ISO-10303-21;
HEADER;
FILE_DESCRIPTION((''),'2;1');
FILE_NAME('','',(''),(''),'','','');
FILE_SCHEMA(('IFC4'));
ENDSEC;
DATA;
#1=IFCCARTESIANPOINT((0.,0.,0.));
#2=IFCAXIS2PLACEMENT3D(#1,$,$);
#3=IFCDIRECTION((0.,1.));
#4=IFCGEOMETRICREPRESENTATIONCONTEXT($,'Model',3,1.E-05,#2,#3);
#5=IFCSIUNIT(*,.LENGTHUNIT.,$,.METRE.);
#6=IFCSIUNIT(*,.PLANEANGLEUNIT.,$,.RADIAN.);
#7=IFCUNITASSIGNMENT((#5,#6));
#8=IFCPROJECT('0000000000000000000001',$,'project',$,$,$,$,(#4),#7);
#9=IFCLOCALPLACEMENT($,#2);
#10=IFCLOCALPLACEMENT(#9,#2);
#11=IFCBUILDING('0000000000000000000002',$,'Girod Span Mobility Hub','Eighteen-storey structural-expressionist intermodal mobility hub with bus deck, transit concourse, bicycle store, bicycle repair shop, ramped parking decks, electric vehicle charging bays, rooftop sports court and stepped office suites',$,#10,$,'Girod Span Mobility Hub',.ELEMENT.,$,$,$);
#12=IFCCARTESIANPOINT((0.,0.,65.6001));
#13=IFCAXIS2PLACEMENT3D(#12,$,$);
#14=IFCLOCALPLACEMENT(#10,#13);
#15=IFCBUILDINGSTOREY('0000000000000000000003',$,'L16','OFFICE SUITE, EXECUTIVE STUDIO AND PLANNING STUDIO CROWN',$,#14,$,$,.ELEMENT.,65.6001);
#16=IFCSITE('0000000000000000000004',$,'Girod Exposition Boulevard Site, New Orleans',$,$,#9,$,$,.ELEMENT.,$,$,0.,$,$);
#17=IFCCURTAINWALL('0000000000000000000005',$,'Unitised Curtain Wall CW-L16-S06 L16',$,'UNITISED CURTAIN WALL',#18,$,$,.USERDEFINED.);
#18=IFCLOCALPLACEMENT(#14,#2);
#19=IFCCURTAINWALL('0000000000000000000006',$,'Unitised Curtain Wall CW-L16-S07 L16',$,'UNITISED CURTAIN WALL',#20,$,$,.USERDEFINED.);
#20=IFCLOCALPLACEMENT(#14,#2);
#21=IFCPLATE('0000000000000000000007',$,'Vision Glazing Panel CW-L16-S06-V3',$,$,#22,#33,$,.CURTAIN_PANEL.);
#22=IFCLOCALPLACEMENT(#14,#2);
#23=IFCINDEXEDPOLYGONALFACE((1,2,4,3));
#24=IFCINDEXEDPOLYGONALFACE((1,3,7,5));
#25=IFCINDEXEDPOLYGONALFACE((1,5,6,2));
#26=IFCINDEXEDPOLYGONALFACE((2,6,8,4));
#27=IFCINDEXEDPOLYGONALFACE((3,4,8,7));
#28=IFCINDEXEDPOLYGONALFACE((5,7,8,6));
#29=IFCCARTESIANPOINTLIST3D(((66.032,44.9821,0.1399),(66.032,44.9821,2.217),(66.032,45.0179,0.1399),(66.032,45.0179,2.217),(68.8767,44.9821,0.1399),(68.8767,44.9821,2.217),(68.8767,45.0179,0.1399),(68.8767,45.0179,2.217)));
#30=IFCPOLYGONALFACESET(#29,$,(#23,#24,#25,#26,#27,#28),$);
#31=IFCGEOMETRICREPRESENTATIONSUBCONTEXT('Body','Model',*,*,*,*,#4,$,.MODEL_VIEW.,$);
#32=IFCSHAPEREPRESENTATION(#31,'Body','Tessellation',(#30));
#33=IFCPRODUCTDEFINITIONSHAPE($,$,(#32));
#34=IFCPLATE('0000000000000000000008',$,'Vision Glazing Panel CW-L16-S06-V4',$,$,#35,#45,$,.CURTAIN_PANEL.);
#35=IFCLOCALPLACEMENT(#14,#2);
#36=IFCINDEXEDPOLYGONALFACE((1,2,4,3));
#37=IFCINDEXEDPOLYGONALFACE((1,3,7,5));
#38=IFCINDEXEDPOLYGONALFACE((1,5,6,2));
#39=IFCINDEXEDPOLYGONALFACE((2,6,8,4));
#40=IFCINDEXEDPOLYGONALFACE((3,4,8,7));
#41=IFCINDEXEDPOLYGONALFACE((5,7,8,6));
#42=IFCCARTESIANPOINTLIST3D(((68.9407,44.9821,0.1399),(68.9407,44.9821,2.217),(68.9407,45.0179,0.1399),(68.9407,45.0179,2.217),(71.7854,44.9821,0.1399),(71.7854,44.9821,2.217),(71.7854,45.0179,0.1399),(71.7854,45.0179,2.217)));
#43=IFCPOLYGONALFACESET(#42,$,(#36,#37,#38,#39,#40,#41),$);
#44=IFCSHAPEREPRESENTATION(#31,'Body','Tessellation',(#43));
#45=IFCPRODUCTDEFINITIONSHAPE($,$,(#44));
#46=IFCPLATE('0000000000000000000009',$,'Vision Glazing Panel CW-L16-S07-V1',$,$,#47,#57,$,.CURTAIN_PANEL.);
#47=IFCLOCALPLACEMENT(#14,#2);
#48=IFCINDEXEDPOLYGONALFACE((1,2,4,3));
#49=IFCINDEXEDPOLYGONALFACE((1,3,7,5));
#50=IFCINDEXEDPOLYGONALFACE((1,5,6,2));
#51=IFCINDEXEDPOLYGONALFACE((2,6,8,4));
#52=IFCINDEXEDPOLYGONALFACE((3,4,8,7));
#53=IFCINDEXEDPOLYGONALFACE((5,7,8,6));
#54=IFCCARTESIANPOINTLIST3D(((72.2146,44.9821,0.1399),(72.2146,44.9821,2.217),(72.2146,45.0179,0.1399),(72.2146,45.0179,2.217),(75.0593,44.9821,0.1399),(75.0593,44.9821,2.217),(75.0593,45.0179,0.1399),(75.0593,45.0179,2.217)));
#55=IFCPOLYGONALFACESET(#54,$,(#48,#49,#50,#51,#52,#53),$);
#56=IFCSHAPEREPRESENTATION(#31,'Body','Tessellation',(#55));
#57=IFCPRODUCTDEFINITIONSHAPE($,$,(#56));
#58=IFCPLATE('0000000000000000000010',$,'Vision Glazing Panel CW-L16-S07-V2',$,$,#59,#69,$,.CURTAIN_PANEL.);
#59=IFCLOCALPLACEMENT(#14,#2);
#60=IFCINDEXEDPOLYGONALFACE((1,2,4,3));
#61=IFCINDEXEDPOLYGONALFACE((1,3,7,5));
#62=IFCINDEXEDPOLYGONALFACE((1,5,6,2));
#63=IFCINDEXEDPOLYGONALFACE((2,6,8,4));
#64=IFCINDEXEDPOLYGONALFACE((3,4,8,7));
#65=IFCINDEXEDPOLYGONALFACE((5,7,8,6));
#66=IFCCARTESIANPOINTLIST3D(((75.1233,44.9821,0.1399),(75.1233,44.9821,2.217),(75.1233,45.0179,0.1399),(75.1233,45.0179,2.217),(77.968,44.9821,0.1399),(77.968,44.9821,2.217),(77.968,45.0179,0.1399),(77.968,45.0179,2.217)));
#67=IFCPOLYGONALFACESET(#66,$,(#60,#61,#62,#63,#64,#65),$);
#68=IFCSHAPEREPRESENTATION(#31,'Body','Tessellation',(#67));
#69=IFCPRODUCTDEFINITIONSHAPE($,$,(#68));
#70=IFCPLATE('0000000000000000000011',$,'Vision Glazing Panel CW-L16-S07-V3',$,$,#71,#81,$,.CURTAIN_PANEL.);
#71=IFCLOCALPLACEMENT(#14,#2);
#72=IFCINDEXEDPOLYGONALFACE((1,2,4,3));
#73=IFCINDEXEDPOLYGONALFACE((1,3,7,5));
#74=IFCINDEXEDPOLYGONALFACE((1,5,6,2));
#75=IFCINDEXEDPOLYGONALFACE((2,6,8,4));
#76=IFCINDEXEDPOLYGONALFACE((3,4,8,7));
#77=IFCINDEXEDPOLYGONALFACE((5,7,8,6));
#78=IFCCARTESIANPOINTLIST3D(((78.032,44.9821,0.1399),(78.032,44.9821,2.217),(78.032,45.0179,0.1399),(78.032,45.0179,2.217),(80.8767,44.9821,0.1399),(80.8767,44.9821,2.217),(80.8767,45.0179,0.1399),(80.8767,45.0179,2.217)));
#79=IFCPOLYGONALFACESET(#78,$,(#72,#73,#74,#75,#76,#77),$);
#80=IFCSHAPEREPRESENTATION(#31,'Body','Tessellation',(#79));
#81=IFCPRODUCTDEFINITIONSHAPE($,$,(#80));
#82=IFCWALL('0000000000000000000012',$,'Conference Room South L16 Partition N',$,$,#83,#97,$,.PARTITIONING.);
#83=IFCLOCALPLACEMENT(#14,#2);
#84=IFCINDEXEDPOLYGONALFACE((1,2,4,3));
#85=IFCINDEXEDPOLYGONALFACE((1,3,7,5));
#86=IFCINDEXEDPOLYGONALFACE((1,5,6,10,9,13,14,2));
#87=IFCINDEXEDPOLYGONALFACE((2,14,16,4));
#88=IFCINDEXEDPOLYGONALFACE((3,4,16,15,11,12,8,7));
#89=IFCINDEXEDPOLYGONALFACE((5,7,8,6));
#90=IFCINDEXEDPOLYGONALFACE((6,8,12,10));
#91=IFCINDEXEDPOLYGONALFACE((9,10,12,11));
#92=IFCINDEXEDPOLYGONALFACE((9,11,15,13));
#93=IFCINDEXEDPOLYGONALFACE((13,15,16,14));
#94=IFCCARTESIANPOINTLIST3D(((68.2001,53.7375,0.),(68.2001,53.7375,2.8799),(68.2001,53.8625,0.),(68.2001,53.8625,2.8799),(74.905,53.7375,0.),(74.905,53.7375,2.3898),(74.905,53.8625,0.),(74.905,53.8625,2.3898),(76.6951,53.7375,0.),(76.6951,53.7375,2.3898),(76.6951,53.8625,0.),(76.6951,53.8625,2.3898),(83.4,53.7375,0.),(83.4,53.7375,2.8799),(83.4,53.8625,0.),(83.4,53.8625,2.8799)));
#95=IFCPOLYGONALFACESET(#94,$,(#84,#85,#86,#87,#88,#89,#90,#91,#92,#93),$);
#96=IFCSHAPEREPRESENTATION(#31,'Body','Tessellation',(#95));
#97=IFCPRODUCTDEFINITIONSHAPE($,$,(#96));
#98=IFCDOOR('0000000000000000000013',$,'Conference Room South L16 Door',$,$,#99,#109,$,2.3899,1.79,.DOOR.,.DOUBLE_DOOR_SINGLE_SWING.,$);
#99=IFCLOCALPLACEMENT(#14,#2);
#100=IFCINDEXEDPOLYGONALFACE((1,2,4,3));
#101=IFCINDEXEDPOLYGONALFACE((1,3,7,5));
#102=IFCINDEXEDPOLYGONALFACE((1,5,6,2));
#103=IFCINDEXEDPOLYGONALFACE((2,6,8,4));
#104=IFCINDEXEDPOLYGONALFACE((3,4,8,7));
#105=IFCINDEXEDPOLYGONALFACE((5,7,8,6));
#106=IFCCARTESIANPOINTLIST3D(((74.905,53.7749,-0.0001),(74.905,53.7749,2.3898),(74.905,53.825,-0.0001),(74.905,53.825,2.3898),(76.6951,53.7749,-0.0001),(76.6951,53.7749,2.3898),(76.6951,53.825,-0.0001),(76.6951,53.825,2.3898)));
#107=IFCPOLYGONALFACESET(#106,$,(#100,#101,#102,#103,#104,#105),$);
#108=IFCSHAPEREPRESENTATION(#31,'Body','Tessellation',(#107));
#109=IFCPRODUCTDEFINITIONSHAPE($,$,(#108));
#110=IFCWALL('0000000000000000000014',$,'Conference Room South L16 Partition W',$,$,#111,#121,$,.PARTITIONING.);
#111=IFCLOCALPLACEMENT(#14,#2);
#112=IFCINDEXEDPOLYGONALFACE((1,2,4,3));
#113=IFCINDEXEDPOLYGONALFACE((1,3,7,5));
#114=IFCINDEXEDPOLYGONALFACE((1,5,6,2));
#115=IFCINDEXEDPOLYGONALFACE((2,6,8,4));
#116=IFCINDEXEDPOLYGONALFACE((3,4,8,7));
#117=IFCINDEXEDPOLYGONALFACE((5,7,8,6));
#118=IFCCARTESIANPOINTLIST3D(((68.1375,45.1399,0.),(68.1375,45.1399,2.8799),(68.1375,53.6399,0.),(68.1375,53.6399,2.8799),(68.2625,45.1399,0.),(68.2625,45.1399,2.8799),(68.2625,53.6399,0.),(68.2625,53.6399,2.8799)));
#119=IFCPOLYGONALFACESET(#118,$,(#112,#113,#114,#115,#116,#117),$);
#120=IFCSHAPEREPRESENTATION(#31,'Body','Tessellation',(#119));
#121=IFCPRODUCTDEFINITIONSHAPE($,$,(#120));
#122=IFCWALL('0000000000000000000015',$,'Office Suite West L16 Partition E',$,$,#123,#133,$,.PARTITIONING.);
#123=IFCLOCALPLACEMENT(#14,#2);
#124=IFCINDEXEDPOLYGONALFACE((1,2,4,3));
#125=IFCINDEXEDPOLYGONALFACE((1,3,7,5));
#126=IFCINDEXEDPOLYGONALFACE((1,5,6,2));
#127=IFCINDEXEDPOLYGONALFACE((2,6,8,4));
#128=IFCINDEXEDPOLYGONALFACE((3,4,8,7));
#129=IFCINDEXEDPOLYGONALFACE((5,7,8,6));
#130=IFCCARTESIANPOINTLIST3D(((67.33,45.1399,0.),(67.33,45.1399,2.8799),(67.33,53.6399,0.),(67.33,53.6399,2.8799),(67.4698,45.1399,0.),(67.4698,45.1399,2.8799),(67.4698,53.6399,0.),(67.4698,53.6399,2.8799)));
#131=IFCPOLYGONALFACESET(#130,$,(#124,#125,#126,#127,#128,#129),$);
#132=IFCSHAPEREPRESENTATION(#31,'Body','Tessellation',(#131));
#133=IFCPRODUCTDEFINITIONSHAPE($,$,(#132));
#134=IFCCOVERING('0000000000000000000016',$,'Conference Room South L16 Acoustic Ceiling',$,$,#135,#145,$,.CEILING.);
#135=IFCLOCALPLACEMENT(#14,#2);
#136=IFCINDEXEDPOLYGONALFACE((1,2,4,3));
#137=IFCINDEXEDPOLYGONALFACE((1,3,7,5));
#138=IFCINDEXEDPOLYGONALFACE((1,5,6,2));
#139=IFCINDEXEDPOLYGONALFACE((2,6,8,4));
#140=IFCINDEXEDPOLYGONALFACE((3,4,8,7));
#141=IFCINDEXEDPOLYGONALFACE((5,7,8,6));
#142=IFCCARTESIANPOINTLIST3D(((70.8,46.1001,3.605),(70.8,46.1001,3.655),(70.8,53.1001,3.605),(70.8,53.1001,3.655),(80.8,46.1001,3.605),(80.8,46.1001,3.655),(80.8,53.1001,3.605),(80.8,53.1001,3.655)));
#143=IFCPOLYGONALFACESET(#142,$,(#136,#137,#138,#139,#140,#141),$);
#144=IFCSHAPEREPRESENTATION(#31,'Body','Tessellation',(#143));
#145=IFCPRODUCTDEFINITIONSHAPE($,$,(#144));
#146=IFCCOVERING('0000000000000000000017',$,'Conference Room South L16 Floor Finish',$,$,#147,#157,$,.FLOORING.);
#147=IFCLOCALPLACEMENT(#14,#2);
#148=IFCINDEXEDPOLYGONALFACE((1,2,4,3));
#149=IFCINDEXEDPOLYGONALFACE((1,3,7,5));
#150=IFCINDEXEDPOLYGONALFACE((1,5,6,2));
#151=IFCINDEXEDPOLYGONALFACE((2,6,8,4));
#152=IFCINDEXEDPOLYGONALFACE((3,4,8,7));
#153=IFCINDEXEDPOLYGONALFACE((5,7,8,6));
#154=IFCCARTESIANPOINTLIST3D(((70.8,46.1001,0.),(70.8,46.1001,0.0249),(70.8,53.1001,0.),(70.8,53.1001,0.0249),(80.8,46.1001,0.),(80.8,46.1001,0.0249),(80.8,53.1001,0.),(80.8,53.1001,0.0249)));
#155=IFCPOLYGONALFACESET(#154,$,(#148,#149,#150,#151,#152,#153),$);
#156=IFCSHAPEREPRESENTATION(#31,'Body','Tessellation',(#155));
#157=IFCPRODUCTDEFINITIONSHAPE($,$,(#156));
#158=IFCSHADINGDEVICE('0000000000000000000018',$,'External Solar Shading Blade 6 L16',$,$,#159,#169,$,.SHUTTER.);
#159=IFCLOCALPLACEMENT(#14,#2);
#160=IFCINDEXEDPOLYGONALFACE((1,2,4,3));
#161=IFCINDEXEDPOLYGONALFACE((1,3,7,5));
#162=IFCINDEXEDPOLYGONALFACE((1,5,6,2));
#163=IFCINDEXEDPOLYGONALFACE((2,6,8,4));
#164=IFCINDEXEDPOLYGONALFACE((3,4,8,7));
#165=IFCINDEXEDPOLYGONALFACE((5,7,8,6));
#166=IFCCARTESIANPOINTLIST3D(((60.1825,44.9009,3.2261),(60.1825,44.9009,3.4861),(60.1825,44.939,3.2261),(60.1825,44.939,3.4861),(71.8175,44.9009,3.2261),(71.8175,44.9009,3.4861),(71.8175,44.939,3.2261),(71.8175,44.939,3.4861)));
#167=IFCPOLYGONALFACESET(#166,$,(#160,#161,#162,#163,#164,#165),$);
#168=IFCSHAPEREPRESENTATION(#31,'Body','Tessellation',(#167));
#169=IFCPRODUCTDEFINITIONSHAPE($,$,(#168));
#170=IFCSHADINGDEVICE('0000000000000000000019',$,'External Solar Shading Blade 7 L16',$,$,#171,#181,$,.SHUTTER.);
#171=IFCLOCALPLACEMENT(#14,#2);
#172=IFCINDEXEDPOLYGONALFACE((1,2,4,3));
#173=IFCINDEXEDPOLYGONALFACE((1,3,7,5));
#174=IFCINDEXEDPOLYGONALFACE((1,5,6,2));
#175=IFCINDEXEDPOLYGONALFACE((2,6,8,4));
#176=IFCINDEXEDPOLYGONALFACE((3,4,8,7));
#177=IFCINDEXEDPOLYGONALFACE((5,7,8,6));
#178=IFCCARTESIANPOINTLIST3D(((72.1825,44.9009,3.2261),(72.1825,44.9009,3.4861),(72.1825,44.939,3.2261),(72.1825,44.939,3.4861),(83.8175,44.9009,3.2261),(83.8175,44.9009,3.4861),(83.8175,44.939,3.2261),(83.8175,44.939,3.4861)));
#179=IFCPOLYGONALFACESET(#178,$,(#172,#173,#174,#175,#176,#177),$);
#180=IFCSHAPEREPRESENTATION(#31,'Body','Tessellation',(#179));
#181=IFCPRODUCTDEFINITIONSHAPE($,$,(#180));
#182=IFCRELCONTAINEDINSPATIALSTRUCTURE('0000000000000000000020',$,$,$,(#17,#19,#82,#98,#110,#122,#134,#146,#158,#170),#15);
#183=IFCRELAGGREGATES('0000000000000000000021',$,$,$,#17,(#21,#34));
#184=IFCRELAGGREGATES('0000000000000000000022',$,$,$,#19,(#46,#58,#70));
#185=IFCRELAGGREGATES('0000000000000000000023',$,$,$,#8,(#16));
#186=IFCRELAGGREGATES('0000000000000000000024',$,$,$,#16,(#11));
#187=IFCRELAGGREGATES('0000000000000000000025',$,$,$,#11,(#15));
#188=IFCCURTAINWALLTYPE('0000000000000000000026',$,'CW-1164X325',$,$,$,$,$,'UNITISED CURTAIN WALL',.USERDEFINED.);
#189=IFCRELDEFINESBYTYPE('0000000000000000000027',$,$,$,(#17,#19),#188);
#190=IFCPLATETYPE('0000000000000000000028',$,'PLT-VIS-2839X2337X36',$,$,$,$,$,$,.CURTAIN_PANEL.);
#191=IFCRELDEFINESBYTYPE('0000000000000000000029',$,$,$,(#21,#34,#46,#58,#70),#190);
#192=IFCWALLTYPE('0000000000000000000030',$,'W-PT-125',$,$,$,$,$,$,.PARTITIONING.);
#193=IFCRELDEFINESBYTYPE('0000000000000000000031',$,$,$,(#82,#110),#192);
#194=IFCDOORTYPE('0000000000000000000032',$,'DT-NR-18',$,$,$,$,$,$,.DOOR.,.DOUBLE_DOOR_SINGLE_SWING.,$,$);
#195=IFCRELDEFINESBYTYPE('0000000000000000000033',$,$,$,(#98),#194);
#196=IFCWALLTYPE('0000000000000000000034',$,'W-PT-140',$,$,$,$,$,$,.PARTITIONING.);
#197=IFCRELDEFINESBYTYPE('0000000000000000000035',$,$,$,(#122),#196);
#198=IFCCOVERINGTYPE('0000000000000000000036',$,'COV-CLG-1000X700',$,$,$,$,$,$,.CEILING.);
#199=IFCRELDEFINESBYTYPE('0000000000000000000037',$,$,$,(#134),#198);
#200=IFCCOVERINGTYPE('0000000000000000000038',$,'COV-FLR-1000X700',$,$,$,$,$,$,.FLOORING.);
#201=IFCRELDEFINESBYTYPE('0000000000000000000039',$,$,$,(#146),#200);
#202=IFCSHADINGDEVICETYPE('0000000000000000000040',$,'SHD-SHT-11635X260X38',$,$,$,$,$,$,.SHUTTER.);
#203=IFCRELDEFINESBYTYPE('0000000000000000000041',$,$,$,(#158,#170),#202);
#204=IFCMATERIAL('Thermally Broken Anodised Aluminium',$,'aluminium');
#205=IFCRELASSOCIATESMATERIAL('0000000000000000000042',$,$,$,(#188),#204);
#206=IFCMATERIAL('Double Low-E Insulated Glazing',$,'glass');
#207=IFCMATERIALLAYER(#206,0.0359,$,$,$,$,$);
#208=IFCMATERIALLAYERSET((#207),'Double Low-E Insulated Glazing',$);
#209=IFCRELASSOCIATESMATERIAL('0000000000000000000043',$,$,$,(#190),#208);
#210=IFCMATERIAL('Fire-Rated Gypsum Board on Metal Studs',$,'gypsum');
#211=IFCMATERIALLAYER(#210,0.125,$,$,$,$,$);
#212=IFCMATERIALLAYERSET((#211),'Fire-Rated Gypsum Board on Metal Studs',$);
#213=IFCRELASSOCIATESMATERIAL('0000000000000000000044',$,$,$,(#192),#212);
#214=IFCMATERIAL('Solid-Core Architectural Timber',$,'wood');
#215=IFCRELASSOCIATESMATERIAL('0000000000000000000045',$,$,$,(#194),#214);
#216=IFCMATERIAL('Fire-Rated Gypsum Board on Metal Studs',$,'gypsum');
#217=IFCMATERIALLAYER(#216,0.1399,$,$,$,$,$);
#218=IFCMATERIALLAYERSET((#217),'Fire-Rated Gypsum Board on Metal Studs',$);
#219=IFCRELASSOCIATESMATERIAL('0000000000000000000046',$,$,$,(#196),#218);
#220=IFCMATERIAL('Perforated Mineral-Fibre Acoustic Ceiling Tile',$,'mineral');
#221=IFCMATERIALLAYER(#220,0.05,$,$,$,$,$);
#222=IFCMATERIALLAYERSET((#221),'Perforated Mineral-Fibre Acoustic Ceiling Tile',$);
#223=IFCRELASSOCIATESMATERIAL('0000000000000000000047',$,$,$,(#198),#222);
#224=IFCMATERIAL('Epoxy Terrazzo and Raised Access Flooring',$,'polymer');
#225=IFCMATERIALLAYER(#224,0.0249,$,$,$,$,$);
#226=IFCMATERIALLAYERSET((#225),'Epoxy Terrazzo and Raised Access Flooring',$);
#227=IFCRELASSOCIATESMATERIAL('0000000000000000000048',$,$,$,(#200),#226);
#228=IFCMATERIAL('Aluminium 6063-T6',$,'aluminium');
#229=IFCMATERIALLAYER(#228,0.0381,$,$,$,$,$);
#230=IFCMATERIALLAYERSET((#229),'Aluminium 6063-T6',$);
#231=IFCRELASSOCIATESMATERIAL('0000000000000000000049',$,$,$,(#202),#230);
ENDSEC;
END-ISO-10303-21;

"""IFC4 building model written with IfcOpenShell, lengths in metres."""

from ifc_helpers import new_model, si_unit, direction, frame, frame_2d, origin, origin_2d, place, context, subcontext, project, spatial, rectangle, extrude, material, layer, layer_set, type_object, element, fill, aggregate, save


model = new_model("IFC4")

# Units and contexts
model_context = context("Model", 3, precision=1e-05, world=origin(), true_north=direction((0.0, 1.0)))
body_context = subcontext(model_context, "Body", "Model", "MODEL_VIEW")
ifc_project = project(units=[si_unit("LENGTHUNIT", "METRE"), si_unit("PLANEANGLEUNIT", "RADIAN")], contexts=[model_context])

# Site, building, storey
site_placement = place(None, origin())
site = spatial("IfcSite", under=ifc_project, at=site_placement, Name="Girod Exposition Boulevard Site, New Orleans", CompositionType="ELEMENT", RefElevation=0.0)
building_placement = place(site_placement, origin())
building = spatial("IfcBuilding", under=site, at=building_placement, Name="Girod Span Mobility Hub", Description="Eighteen-storey structural-expressionist intermodal mobility hub with bus deck, transit concourse, bicycle store, bicycle repair shop, ramped parking decks, electric vehicle charging bays, rooftop sports court and stepped office suites", LongName="Girod Span Mobility Hub", CompositionType="ELEMENT")
storey_placement = place(building_placement, frame((0.0, 0.0, 65.6001)))
storey = spatial("IfcBuildingStorey", under=building, at=storey_placement, Name="L16", Description="OFFICE SUITE, EXECUTIVE STUDIO AND PLANNING STUDIO CROWN", CompositionType="ELEMENT", Elevation=65.6001)

# Curtain walls
ifc_material_1 = material(Name="Thermally Broken Anodised Aluminium", Category="aluminium")
curtain_wall_type = type_object("IfcCurtainWallType", Name="CW-1164X325", ElementType="UNITISED CURTAIN WALL", PredefinedType="USERDEFINED", material=ifc_material_1)
curtain_wall_1_placement = place(storey_placement, origin())
curtain_wall_1 = element("IfcCurtainWall", 1, at=curtain_wall_1_placement, inside=storey, type_object=curtain_wall_type, Name="Unitised Curtain Wall CW-L16-S06 L16", ObjectType="UNITISED CURTAIN WALL", PredefinedType="USERDEFINED")
curtain_wall_2_placement = place(storey_placement, origin())
curtain_wall_2 = element("IfcCurtainWall", 2, at=curtain_wall_2_placement, inside=storey, type_object=curtain_wall_type, Name="Unitised Curtain Wall CW-L16-S07 L16", ObjectType="UNITISED CURTAIN WALL", PredefinedType="USERDEFINED")

# Plates
ifc_material_2 = material(Name="Double Low-E Insulated Glazing", Category="glass")
ifc_layer_1 = layer(ifc_material_2, 0.0359)
ifc_layer_set_1 = layer_set([ifc_layer_1], Name="Double Low-E Insulated Glazing")
plate_type_1 = type_object("IfcPlateType", Name="PLT-VIS-2839X2337X36", PredefinedType="CURTAIN_PANEL", material=ifc_layer_set_1)
plate_1_placement = place(storey_placement, frame((67.4543, 45.0, 0.1399), z_axis=(0.0, 0.0, 1.0), x_axis=(1.0, 0.0, 0.0)))
plate_1 = element("IfcPlate", 3, at=plate_1_placement, type_object=plate_type_1, Name="Vision Glazing Panel CW-L16-S06-V3", PredefinedType="CURTAIN_PANEL", context=body_context, shape_type="SweptSolid", body=[
    extrude(rectangle(XDim=2.8447, YDim=0.0359, at=origin_2d()), origin(), (0.0, 0.0, 1.0), 2.0771),
])
plate_2_placement = place(storey_placement, frame((70.363, 45.0, 0.1399), z_axis=(0.0, 0.0, 1.0), x_axis=(1.0, 0.0, 0.0)))
plate_2 = element("IfcPlate", 4, at=plate_2_placement, type_object=plate_type_1, Name="Vision Glazing Panel CW-L16-S06-V4", PredefinedType="CURTAIN_PANEL", context=body_context, shape_type="SweptSolid", body=[
    extrude(rectangle(XDim=2.8447, YDim=0.0359, at=origin_2d()), origin(), (0.0, 0.0, 1.0), 2.0771),
])
aggregate(curtain_wall_1, [plate_1, plate_2])
plate_3_placement = place(storey_placement, frame((73.637, 45.0, 0.1399), z_axis=(0.0, 0.0, 1.0), x_axis=(1.0, 0.0, 0.0)))
plate_3 = element("IfcPlate", 5, at=plate_3_placement, type_object=plate_type_1, Name="Vision Glazing Panel CW-L16-S07-V1", PredefinedType="CURTAIN_PANEL", context=body_context, shape_type="SweptSolid", body=[
    extrude(rectangle(XDim=2.8447, YDim=0.0359, at=origin_2d()), origin(), (0.0, 0.0, 1.0), 2.0771),
])
plate_4_placement = place(storey_placement, frame((76.5457, 45.0, 0.1399), z_axis=(0.0, 0.0, 1.0), x_axis=(1.0, 0.0, 0.0)))
plate_4 = element("IfcPlate", 6, at=plate_4_placement, type_object=plate_type_1, Name="Vision Glazing Panel CW-L16-S07-V2", PredefinedType="CURTAIN_PANEL", context=body_context, shape_type="SweptSolid", body=[
    extrude(rectangle(XDim=2.8447, YDim=0.0359, at=origin_2d()), origin(), (0.0, 0.0, 1.0), 2.0771),
])
plate_5_placement = place(storey_placement, frame((79.4543, 45.0, 0.1399), z_axis=(0.0, 0.0, 1.0), x_axis=(1.0, 0.0, 0.0)))
plate_5 = element("IfcPlate", 7, at=plate_5_placement, type_object=plate_type_1, Name="Vision Glazing Panel CW-L16-S07-V3", PredefinedType="CURTAIN_PANEL", context=body_context, shape_type="SweptSolid", body=[
    extrude(rectangle(XDim=2.8447, YDim=0.0359, at=origin_2d()), origin(), (0.0, 0.0, 1.0), 2.0771),
])
aggregate(curtain_wall_2, [plate_3, plate_4, plate_5])

# Wall, opening, door
ifc_material_3 = material(Name="Fire-Rated Gypsum Board on Metal Studs", Category="gypsum")
ifc_layer_2 = layer(ifc_material_3, 0.125)
ifc_layer_set_2 = layer_set([ifc_layer_2], Name="Fire-Rated Gypsum Board on Metal Studs")
wall_type_1 = type_object("IfcWallType", Name="W-PT-125", PredefinedType="PARTITIONING", material=ifc_layer_set_2)
wall_1_placement = place(storey_placement, frame((68.2, 53.8, 0.0), z_axis=(0.0, 0.0, 1.0), x_axis=(1.0, 0.0, 0.0)))
wall_1 = element("IfcWall", 8, at=wall_1_placement, inside=storey, type_object=wall_type_1, Name="Conference Room South L16 Partition N", PredefinedType="PARTITIONING", context=body_context, shape_type="SweptSolid", body=[
    extrude(rectangle(XDim=15.2, YDim=0.125, at=frame_2d((7.6001, 0.0))), origin(), (0.0, 0.0, 1.0), 2.8799),
])
opening_placement = place(wall_1_placement, frame((6.7051, 0.0, 0.0)))
opening = element("IfcOpeningElement", 9, at=opening_placement, cuts=wall_1, PredefinedType="OPENING", context=body_context, shape_type="SweptSolid", body=[
    extrude(rectangle(XDim=1.79, YDim=2.3899, at=frame_2d((0.895, 1.1948))), frame((0.0, 0.0774, 0.0), z_axis=(0.0, -1.0, 0.0), x_axis=(1.0, 0.0, 0.0)), (0.0, 0.0, 1.0), 0.155),
])
ifc_material_4 = material(Name="Solid-Core Architectural Timber", Category="wood")
door_type = type_object("IfcDoorType", Name="DT-NR-18", OperationType="DOUBLE_DOOR_SINGLE_SWING", PredefinedType="DOOR", material=ifc_material_4)
door_placement = place(opening_placement, origin())
door = element("IfcDoor", 10, at=door_placement, inside=storey, type_object=door_type, Name="Conference Room South L16 Door", OperationType="DOUBLE_DOOR_SINGLE_SWING", OverallHeight=2.3899, OverallWidth=1.79, PredefinedType="DOOR", context=body_context, shape_type="SweptSolid", body=[
    extrude(rectangle(XDim=1.79, YDim=2.3899, at=frame_2d((0.895, 1.1948))), frame((0.0, 0.0249, 0.0), z_axis=(0.0, -1.0, 0.0), x_axis=(1.0, 0.0, 0.0)), (0.0, 0.0, 1.0), 0.05),
])
fill(opening, door)

# Walls
wall_2_placement = place(storey_placement, frame((68.2, 45.1399, 0.0), z_axis=(0.0, 0.0, 1.0), x_axis=(0.0, 1.0, 0.0)))
element("IfcWall", 11, at=wall_2_placement, inside=storey, type_object=wall_type_1, Name="Conference Room South L16 Partition W", PredefinedType="PARTITIONING", context=body_context, shape_type="SweptSolid", body=[
    extrude(rectangle(XDim=8.5, YDim=0.125, at=frame_2d((4.25, 0.0))), origin(), (0.0, 0.0, 1.0), 2.8799),
])
ifc_material_5 = material(Name="Fire-Rated Gypsum Board on Metal Studs", Category="gypsum")
ifc_layer_3 = layer(ifc_material_5, 0.1399)
ifc_layer_set_3 = layer_set([ifc_layer_3], Name="Fire-Rated Gypsum Board on Metal Studs")
wall_type_2 = type_object("IfcWallType", Name="W-PT-140", PredefinedType="PARTITIONING", material=ifc_layer_set_3)
wall_3_placement = place(storey_placement, frame((67.3999, 45.1399, 0.0), z_axis=(0.0, 0.0, 1.0), x_axis=(0.0, 1.0, 0.0)))
element("IfcWall", 12, at=wall_3_placement, inside=storey, type_object=wall_type_2, Name="Office Suite West L16 Partition E", PredefinedType="PARTITIONING", context=body_context, shape_type="SweptSolid", body=[
    extrude(rectangle(XDim=8.5, YDim=0.1399, at=frame_2d((4.25, 0.0))), origin(), (0.0, 0.0, 1.0), 2.8799),
])

# Coverings
ifc_material_6 = material(Name="Perforated Mineral-Fibre Acoustic Ceiling Tile", Category="mineral")
ifc_layer_4 = layer(ifc_material_6, 0.05)
ifc_layer_set_4 = layer_set([ifc_layer_4], Name="Perforated Mineral-Fibre Acoustic Ceiling Tile")
covering_type_1 = type_object("IfcCoveringType", Name="COV-CLG-1000X700", PredefinedType="CEILING", material=ifc_layer_set_4)
covering_1_placement = place(storey_placement, frame((75.8, 49.6001, 3.605), z_axis=(0.0, 0.0, 1.0), x_axis=(1.0, 0.0, 0.0)))
element("IfcCovering", 13, at=covering_1_placement, inside=storey, type_object=covering_type_1, Name="Conference Room South L16 Acoustic Ceiling", PredefinedType="CEILING", context=body_context, shape_type="SweptSolid", body=[
    extrude(rectangle(XDim=10.0, YDim=7.0, at=origin_2d()), origin(), (0.0, 0.0, 1.0), 0.05),
])
ifc_material_7 = material(Name="Epoxy Terrazzo and Raised Access Flooring", Category="polymer")
ifc_layer_5 = layer(ifc_material_7, 0.0249)
ifc_layer_set_5 = layer_set([ifc_layer_5], Name="Epoxy Terrazzo and Raised Access Flooring")
covering_type_2 = type_object("IfcCoveringType", Name="COV-FLR-1000X700", PredefinedType="FLOORING", material=ifc_layer_set_5)
covering_2_placement = place(storey_placement, frame((75.8, 49.6001, 0.0), z_axis=(0.0, 0.0, 1.0), x_axis=(1.0, 0.0, 0.0)))
element("IfcCovering", 14, at=covering_2_placement, inside=storey, type_object=covering_type_2, Name="Conference Room South L16 Floor Finish", PredefinedType="FLOORING", context=body_context, shape_type="SweptSolid", body=[
    extrude(rectangle(XDim=10.0, YDim=7.0, at=origin_2d()), origin(), (0.0, 0.0, 1.0), 0.0249),
])

# Shading devices
ifc_material_8 = material(Name="Aluminium 6063-T6", Category="aluminium")
ifc_layer_6 = layer(ifc_material_8, 0.0381)
ifc_layer_set_6 = layer_set([ifc_layer_6], Name="Aluminium 6063-T6")
shading_device_type = type_object("IfcShadingDeviceType", Name="SHD-SHT-11635X260X38", PredefinedType="SHUTTER", material=ifc_layer_set_6)
for number, where, z_axis, x_axis, name in (
    (15, (66.0, 44.9199, 3.2261), (0.0, 0.0, 1.0), (1.0, 0.0, 0.0), "External Solar Shading Blade 6 L16"),
    (16, (78.0, 44.9199, 3.2261), (0.0, 0.0, 1.0), (1.0, 0.0, 0.0), "External Solar Shading Blade 7 L16"),
):
    element("IfcShadingDevice", number, at=place(storey_placement, frame(where, z_axis=z_axis, x_axis=x_axis)), inside=storey, type_object=shading_device_type, Name=name, PredefinedType="SHUTTER", context=body_context, shape_type="SweptSolid", body=[
        extrude(rectangle(XDim=11.635, YDim=0.0381, at=origin_2d()), origin(), (0.0, 0.0, 1.0), 0.26),
    ])

save(model, "model.ifc")
